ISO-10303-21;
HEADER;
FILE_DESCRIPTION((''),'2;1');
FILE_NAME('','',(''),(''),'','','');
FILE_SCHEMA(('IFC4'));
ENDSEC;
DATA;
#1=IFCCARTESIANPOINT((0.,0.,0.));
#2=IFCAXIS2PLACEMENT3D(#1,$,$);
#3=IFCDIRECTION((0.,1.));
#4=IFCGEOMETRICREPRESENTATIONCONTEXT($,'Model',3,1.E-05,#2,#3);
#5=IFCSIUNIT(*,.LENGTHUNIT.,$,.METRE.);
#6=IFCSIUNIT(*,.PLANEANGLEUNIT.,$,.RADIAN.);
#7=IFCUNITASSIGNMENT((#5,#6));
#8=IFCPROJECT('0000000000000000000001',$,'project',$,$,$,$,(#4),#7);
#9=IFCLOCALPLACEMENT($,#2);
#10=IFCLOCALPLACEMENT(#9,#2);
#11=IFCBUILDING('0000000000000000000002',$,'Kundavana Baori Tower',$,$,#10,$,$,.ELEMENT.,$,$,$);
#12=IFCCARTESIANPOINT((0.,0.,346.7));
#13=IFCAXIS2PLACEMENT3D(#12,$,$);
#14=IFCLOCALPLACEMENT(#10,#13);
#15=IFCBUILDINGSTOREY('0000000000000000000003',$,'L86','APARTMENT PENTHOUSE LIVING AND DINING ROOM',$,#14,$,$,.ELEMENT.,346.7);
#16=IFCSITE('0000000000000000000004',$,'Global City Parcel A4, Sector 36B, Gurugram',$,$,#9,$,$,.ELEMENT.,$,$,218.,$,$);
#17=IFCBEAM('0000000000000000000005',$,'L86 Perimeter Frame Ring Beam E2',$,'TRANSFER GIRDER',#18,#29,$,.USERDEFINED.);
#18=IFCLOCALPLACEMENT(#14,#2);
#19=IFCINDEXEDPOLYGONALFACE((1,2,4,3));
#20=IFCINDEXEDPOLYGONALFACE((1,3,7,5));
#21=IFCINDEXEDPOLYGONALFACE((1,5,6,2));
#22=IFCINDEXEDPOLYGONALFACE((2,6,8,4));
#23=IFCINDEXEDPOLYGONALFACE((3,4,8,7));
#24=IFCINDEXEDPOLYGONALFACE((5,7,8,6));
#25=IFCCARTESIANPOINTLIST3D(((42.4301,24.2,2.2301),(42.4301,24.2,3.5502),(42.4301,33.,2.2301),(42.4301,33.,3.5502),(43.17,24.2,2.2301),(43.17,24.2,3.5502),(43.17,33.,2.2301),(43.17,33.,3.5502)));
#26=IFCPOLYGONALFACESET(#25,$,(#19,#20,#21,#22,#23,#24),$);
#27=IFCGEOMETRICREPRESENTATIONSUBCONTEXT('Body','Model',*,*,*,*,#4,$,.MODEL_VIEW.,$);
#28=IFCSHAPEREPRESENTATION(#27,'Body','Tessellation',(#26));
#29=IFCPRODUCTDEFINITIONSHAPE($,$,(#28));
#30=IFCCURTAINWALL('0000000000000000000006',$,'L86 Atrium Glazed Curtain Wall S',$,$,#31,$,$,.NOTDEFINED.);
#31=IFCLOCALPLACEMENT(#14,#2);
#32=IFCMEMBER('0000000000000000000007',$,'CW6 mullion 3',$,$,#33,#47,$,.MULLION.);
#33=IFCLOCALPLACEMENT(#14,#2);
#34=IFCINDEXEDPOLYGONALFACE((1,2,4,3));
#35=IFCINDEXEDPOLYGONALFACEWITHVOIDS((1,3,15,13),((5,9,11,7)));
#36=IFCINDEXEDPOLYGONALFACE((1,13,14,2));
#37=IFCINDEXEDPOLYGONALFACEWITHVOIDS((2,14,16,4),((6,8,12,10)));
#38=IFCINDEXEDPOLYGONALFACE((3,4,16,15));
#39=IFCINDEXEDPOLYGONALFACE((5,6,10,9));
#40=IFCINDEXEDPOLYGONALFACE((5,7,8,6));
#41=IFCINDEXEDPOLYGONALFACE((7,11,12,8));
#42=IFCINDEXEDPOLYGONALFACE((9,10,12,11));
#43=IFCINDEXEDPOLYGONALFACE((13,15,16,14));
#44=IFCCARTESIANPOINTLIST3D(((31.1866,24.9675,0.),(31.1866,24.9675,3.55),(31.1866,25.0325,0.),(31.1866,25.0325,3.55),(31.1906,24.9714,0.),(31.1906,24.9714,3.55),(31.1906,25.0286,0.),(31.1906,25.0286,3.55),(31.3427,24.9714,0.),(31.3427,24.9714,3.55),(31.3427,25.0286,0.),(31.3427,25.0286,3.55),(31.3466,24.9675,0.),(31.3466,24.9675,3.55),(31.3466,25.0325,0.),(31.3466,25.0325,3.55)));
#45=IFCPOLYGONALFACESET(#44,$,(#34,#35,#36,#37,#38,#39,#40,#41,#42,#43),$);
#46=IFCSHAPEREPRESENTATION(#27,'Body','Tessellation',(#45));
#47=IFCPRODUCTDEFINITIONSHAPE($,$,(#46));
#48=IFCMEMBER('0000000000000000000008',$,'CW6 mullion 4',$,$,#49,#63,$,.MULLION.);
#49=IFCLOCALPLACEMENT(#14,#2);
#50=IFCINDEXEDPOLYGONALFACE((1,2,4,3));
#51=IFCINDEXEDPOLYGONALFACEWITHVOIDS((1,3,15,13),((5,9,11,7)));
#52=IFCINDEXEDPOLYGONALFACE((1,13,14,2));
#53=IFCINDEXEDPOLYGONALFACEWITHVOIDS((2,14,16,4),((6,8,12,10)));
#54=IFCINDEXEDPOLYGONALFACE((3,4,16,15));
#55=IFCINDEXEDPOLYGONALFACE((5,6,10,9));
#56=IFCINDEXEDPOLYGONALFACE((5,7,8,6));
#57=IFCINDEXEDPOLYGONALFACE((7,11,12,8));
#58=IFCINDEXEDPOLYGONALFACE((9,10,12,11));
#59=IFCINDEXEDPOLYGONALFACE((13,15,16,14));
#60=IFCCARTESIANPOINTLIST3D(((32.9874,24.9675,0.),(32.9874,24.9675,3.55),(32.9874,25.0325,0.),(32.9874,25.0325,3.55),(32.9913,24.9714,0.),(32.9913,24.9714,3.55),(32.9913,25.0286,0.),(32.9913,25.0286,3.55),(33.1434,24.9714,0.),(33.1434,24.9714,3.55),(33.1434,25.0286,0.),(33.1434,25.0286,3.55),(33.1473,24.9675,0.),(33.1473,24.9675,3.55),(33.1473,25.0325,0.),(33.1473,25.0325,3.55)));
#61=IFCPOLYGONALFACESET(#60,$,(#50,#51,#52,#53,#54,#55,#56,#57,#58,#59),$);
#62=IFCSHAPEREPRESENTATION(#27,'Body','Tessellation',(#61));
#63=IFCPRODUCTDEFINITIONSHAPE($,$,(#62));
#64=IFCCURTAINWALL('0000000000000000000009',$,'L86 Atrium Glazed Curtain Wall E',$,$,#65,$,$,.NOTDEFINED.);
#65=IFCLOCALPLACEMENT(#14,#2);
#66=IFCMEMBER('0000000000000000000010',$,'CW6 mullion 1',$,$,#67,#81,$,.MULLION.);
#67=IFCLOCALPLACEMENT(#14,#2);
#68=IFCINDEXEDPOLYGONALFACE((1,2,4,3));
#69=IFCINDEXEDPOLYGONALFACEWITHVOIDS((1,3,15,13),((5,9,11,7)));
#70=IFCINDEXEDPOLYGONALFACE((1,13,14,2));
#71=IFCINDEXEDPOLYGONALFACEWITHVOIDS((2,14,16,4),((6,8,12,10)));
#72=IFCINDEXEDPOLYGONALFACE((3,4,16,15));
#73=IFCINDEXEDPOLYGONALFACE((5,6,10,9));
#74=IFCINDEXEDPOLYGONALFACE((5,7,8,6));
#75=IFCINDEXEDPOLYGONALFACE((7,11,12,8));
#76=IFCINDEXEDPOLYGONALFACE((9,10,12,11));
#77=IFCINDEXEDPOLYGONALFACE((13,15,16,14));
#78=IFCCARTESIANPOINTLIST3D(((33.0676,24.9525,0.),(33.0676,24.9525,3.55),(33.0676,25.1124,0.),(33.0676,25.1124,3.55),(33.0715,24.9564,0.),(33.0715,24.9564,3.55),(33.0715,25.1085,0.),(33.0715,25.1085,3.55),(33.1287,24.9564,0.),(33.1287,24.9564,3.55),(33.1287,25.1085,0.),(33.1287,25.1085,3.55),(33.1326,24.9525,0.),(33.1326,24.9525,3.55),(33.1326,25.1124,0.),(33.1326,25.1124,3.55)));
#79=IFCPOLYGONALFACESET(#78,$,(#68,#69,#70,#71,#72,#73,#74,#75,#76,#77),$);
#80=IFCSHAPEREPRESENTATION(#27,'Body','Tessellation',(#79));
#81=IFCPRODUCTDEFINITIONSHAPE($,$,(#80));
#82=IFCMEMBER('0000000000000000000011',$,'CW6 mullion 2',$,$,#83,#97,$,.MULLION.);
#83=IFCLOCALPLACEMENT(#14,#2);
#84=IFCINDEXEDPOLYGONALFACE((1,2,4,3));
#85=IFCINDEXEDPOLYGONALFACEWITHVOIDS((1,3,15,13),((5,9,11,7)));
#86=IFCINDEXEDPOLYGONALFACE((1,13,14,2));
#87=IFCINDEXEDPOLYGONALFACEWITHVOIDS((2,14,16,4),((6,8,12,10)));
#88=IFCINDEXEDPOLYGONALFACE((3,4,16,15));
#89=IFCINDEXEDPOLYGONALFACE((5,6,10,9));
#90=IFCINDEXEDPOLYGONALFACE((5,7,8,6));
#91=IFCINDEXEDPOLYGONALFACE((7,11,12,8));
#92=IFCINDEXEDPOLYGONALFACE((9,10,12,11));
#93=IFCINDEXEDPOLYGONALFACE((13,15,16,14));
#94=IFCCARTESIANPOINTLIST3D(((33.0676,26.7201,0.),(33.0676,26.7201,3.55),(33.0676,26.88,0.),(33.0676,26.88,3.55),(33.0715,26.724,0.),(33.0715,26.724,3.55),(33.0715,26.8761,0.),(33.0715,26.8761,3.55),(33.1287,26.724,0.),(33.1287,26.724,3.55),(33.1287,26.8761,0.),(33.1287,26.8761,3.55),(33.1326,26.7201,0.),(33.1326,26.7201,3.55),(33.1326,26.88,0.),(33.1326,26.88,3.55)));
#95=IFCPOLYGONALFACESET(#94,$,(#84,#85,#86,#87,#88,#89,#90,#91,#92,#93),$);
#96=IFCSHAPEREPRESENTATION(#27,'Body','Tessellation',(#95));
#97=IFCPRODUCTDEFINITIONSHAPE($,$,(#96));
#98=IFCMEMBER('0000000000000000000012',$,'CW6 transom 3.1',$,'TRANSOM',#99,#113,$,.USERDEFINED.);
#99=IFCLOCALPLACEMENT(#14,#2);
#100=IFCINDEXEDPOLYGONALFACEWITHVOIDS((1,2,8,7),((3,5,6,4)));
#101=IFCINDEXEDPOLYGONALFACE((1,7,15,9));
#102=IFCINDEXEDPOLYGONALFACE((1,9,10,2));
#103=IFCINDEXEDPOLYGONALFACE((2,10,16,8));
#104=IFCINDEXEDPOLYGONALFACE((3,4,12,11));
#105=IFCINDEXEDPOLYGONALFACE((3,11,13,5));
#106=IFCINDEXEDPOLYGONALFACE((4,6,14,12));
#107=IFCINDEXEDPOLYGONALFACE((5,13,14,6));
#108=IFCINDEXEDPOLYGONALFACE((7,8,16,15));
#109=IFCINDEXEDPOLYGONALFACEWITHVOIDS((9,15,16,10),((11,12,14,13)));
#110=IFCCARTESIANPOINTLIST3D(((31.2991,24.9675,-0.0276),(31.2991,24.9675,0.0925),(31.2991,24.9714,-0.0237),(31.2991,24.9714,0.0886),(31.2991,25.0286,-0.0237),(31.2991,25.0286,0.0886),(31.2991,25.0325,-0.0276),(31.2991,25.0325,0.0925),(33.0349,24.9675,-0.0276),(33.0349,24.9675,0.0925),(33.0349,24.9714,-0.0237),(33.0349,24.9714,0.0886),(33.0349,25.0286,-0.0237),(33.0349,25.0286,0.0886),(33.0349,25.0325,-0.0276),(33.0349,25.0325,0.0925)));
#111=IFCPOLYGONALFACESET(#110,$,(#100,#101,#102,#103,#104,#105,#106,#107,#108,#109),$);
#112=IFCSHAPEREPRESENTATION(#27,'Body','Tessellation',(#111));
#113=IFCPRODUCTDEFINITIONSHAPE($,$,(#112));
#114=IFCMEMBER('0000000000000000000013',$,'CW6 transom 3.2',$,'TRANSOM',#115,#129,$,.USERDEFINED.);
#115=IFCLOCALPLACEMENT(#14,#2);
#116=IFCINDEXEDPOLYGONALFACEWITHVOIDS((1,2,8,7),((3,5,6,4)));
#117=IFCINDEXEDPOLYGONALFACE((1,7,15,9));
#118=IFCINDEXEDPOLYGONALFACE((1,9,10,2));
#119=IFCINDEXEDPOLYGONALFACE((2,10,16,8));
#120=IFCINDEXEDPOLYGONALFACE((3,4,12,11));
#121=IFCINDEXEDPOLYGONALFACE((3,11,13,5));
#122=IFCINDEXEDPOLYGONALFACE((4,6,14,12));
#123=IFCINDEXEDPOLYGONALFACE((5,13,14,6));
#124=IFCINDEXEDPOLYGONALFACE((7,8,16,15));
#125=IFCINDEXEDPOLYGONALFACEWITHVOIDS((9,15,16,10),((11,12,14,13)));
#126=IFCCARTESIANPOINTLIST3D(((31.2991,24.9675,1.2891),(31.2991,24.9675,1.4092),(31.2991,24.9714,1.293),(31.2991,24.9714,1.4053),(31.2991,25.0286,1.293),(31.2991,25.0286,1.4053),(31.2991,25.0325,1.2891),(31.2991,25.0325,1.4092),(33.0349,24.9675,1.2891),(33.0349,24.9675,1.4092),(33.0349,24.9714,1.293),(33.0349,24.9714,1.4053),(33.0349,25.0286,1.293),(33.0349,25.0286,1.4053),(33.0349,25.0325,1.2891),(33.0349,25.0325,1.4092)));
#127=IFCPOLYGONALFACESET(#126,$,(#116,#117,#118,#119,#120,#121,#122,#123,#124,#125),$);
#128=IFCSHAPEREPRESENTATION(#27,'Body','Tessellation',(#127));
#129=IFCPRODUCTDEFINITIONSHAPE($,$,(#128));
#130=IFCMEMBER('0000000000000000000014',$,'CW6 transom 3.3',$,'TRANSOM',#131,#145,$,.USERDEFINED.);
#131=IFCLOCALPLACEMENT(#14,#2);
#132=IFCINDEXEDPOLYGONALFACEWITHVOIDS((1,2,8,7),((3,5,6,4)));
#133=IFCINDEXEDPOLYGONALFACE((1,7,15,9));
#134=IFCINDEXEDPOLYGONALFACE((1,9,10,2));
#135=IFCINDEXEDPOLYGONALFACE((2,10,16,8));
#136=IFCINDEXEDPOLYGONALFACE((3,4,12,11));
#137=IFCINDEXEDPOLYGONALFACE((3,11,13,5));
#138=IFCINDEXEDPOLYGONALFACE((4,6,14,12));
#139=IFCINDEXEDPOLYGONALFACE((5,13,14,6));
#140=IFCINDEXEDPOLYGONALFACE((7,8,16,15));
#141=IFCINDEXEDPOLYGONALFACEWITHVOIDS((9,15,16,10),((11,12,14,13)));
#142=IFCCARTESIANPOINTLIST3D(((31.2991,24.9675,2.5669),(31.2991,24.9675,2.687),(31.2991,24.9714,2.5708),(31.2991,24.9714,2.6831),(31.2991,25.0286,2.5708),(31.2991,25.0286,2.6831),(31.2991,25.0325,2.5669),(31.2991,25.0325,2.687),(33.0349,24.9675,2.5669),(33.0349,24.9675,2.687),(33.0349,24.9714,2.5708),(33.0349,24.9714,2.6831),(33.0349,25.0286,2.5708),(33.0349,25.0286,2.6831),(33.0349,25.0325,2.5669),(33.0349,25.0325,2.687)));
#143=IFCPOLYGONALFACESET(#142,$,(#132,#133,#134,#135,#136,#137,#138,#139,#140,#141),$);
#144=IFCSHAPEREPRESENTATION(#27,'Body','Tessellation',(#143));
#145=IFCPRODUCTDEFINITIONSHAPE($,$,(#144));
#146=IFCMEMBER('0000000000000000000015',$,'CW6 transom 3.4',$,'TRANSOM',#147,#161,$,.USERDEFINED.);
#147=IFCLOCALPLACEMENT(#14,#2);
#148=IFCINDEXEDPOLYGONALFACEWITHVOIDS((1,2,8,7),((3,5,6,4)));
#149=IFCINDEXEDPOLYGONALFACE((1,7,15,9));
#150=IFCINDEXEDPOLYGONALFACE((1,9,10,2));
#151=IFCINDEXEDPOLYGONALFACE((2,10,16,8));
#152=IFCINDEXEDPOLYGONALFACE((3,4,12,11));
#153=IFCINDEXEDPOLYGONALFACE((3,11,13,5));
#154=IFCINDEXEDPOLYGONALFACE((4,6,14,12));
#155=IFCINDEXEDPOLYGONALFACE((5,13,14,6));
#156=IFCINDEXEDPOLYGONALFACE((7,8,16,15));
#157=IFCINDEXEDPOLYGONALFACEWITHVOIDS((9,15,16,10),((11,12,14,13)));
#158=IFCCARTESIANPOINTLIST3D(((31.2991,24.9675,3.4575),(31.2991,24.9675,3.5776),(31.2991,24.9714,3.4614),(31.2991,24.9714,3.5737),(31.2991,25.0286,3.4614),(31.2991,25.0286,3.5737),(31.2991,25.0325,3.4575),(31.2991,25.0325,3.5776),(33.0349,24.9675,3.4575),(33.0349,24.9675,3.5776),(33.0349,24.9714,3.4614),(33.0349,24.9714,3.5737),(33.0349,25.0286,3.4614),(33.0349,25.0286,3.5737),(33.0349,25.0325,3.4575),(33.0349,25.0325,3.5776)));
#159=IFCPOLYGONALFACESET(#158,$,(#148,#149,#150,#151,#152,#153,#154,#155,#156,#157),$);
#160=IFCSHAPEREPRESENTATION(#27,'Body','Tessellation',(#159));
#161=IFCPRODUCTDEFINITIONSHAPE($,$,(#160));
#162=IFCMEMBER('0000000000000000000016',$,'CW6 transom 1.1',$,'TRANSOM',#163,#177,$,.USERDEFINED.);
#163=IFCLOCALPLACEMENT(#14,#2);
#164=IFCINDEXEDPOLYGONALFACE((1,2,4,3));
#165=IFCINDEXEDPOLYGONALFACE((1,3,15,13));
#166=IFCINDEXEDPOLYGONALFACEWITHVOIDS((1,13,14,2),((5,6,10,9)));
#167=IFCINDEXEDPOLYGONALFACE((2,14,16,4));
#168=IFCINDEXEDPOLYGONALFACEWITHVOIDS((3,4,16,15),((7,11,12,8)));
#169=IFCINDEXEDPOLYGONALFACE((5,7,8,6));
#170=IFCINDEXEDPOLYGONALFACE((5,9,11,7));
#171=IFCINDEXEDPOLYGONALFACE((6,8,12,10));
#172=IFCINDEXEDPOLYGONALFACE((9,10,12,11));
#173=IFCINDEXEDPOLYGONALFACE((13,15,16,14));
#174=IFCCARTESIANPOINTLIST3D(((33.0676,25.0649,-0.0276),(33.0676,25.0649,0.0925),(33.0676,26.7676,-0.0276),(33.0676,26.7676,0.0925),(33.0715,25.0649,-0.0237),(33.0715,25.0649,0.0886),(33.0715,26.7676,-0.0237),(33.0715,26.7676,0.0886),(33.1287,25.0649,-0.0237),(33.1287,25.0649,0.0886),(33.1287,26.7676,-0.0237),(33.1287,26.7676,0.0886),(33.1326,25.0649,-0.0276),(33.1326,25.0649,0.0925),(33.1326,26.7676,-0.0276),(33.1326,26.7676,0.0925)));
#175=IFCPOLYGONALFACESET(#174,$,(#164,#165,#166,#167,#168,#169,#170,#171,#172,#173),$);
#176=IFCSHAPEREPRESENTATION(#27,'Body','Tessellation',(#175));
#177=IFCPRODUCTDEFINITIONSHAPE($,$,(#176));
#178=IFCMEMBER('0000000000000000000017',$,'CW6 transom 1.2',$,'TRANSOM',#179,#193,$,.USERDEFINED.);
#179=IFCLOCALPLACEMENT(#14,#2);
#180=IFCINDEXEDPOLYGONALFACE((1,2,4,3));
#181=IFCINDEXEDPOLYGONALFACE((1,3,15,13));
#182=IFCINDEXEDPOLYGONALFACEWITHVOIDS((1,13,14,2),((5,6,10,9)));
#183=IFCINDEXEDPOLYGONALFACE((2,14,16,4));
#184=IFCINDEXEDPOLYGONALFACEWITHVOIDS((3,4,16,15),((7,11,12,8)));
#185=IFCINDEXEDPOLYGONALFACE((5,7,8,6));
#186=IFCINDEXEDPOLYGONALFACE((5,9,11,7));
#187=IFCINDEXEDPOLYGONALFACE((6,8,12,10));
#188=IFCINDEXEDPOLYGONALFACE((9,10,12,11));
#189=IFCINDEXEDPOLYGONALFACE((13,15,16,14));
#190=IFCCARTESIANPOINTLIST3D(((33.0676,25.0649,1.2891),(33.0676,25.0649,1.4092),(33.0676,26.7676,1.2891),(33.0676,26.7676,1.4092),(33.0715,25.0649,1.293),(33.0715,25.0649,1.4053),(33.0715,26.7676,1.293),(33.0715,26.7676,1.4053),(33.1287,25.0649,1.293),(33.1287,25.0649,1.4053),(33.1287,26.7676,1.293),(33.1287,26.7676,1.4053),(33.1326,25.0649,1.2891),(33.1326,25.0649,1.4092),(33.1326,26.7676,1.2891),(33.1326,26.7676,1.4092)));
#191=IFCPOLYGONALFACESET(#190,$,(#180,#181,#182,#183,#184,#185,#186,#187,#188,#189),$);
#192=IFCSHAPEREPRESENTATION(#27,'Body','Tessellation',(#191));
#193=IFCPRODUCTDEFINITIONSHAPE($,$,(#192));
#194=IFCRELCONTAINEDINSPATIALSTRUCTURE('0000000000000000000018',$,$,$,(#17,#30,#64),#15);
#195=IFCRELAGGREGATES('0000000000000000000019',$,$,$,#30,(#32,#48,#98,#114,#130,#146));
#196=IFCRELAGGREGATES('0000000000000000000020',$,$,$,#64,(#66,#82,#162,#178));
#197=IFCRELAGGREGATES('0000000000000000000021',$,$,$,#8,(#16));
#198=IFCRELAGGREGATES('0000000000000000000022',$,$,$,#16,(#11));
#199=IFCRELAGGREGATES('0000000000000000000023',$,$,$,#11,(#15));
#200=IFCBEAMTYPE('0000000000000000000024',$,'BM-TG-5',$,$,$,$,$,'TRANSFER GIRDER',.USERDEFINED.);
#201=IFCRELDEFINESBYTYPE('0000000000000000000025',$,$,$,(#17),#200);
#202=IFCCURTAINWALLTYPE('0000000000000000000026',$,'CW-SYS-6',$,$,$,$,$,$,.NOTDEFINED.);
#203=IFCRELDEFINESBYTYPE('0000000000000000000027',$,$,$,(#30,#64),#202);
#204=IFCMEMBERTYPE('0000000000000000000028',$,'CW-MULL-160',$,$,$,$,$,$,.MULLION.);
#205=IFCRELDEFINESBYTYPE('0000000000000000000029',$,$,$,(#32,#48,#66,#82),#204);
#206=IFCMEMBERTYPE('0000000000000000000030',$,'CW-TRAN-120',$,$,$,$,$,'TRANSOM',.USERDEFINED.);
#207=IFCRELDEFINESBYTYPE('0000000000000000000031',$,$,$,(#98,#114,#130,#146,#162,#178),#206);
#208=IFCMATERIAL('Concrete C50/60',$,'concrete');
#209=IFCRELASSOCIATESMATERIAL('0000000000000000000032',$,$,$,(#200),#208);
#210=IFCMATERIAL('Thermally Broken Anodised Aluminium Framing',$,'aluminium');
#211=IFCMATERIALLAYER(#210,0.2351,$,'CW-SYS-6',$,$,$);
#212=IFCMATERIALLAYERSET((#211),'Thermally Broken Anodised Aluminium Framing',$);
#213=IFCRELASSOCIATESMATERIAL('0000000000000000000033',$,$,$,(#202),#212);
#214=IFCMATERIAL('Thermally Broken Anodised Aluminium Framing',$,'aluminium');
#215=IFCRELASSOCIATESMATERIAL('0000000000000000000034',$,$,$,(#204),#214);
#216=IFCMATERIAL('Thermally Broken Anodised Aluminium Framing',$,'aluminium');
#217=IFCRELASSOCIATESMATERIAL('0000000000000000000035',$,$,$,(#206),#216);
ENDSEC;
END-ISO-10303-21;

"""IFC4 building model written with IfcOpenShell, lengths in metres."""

from ifc_helpers import new_model, si_unit, direction, frame, origin, origin_2d, place, context, subcontext, project, spatial, rectangle, hollow_rectangle, extrude, material, layer, layer_set, material_profile, profile_set, type_object, element, aggregate, save


model = new_model("IFC4")

# Units and contexts
model_context = context("Model", 3, precision=1e-05, world=origin(), true_north=direction((0.0, 1.0)))
body_context = subcontext(model_context, "Body", "Model", "MODEL_VIEW")
ifc_project = project(units=[si_unit("LENGTHUNIT", "METRE"), si_unit("PLANEANGLEUNIT", "RADIAN")], contexts=[model_context])

# Site, building, storey
site_placement = place(None, origin())
site = spatial("IfcSite", under=ifc_project, at=site_placement, Name="Global City Parcel A4, Sector 36B, Gurugram", CompositionType="ELEMENT", RefElevation=218.0)
building_placement = place(site_placement, origin())
building = spatial("IfcBuilding", under=site, at=building_placement, Name="Kundavana Baori Tower", CompositionType="ELEMENT")
storey_placement = place(building_placement, frame((0.0, 0.0, 346.7)))
storey = spatial("IfcBuildingStorey", under=building, at=storey_placement, Name="L86", Description="APARTMENT PENTHOUSE LIVING AND DINING ROOM", CompositionType="ELEMENT", Elevation=346.7)

# Beam
ifc_material_1 = material(Name="Concrete C50/60", Category="concrete")
ifc_material_profile_1 = material_profile(ifc_material_1, rectangle(XDim=0.74, YDim=1.3201, at=origin_2d()), Name="BM-TG-5")
ifc_profile_set_1 = profile_set([ifc_material_profile_1], Name="Concrete C50/60")
beam_type = type_object("IfcBeamType", Name="BM-TG-5", ElementType="TRANSFER GIRDER", PredefinedType="USERDEFINED", material=ifc_profile_set_1)
beam_placement = place(storey_placement, frame((42.8, 24.2, 2.8901), z_axis=(0.0, 1.0, 0.0), x_axis=(-1.0, 0.0, 0.0)))
element("IfcBeam", 1, at=beam_placement, inside=storey, type_object=beam_type, Name="L86 Perimeter Frame Ring Beam E2", ObjectType="TRANSFER GIRDER", PredefinedType="USERDEFINED", context=body_context, shape_type="SweptSolid", body=[
    extrude(rectangle(XDim=0.74, YDim=1.3201, at=origin_2d()), origin(), (0.0, 0.0, 1.0), 8.8),
])

# Curtain walls, members
ifc_material_2 = material(Name="Thermally Broken Anodised Aluminium Framing", Category="aluminium")
ifc_layer_1 = layer(ifc_material_2, 0.2351, Name="CW-SYS-6")
ifc_layer_set_1 = layer_set([ifc_layer_1], Name="Thermally Broken Anodised Aluminium Framing")
curtain_wall_type = type_object("IfcCurtainWallType", Name="CW-SYS-6", PredefinedType="NOTDEFINED", material=ifc_layer_set_1)
curtain_wall_1_placement = place(storey_placement, origin())
curtain_wall_1 = element("IfcCurtainWall", 2, at=curtain_wall_1_placement, inside=storey, type_object=curtain_wall_type, Name="L86 Atrium Glazed Curtain Wall S", PredefinedType="NOTDEFINED")
ifc_material_3 = material(Name="Thermally Broken Anodised Aluminium Framing", Category="aluminium")
ifc_material_profile_2 = material_profile(ifc_material_3, hollow_rectangle(XDim=0.0649, YDim=0.1599, WallThickness=0.0039, at=origin_2d()), Name="CW-MULL-160")
ifc_profile_set_2 = profile_set([ifc_material_profile_2], Name="Thermally Broken Anodised Aluminium Framing")
member_type_1 = type_object("IfcMemberType", Name="CW-MULL-160", PredefinedType="MULLION", material=ifc_profile_set_2)
member_1_placement = place(storey_placement, frame((31.2666, 25.0, 0.0), z_axis=(0.0, 0.0, 1.0), x_axis=(0.0, 1.0, 0.0)))
member_1 = element("IfcMember", 3, at=member_1_placement, type_object=member_type_1, Name="CW6 mullion 3", PredefinedType="MULLION", context=body_context, shape_type="SweptSolid", body=[
    extrude(hollow_rectangle(XDim=0.0649, YDim=0.1599, WallThickness=0.0039, at=origin_2d()), origin(), (0.0, 0.0, 1.0), 3.55),
])
member_2_placement = place(storey_placement, frame((33.0674, 25.0, 0.0), z_axis=(0.0, 0.0, 1.0), x_axis=(0.0, 1.0, 0.0)))
member_2 = element("IfcMember", 4, at=member_2_placement, type_object=member_type_1, Name="CW6 mullion 4", PredefinedType="MULLION", context=body_context, shape_type="SweptSolid", body=[
    extrude(hollow_rectangle(XDim=0.0649, YDim=0.1599, WallThickness=0.0039, at=origin_2d()), origin(), (0.0, 0.0, 1.0), 3.55),
])
curtain_wall_2_placement = place(storey_placement, origin())
curtain_wall_2 = element("IfcCurtainWall", 5, at=curtain_wall_2_placement, inside=storey, type_object=curtain_wall_type, Name="L86 Atrium Glazed Curtain Wall E", PredefinedType="NOTDEFINED")
member_3_placement = place(storey_placement, frame((33.1001, 25.0325, 0.0), z_axis=(0.0, 0.0, 1.0), x_axis=(-1.0, 0.0, 0.0)))
member_3 = element("IfcMember", 6, at=member_3_placement, type_object=member_type_1, Name="CW6 mullion 1", PredefinedType="MULLION", context=body_context, shape_type="SweptSolid", body=[
    extrude(hollow_rectangle(XDim=0.0649, YDim=0.1599, WallThickness=0.0039, at=origin_2d()), origin(), (0.0, 0.0, 1.0), 3.55),
])
member_4_placement = place(storey_placement, frame((33.1001, 26.8, 0.0), z_axis=(0.0, 0.0, 1.0), x_axis=(-1.0, 0.0, 0.0)))
member_4 = element("IfcMember", 7, at=member_4_placement, type_object=member_type_1, Name="CW6 mullion 2", PredefinedType="MULLION", context=body_context, shape_type="SweptSolid", body=[
    extrude(hollow_rectangle(XDim=0.0649, YDim=0.1599, WallThickness=0.0039, at=origin_2d()), origin(), (0.0, 0.0, 1.0), 3.55),
])

# Members
ifc_material_4 = material(Name="Thermally Broken Anodised Aluminium Framing", Category="aluminium")
ifc_material_profile_3 = material_profile(ifc_material_4, hollow_rectangle(XDim=0.0649, YDim=0.1201, WallThickness=0.0039, at=origin_2d()), Name="CW-TRAN-120")
ifc_profile_set_3 = profile_set([ifc_material_profile_3], Name="Thermally Broken Anodised Aluminium Framing")
member_type_2 = type_object("IfcMemberType", Name="CW-TRAN-120", ElementType="TRANSOM", PredefinedType="USERDEFINED", material=ifc_profile_set_3)
member_5_placement = place(storey_placement, frame((31.2991, 25.0, 0.0325), z_axis=(1.0, 0.0, 0.0), x_axis=(0.0, 1.0, 0.0)))
member_5 = element("IfcMember", 8, at=member_5_placement, type_object=member_type_2, Name="CW6 transom 3.1", ObjectType="TRANSOM", PredefinedType="USERDEFINED", context=body_context, shape_type="SweptSolid", body=[
    extrude(hollow_rectangle(XDim=0.0649, YDim=0.1201, WallThickness=0.0039, at=origin_2d()), origin(), (0.0, 0.0, 1.0), 1.7358),
])
member_6_placement = place(storey_placement, frame((31.2991, 25.0, 1.3491), z_axis=(1.0, 0.0, 0.0), x_axis=(0.0, 1.0, 0.0)))
member_6 = element("IfcMember", 9, at=member_6_placement, type_object=member_type_2, Name="CW6 transom 3.2", ObjectType="TRANSOM", PredefinedType="USERDEFINED", context=body_context, shape_type="SweptSolid", body=[
    extrude(hollow_rectangle(XDim=0.0649, YDim=0.1201, WallThickness=0.0039, at=origin_2d()), origin(), (0.0, 0.0, 1.0), 1.7358),
])
member_7_placement = place(storey_placement, frame((31.2991, 25.0, 2.627), z_axis=(1.0, 0.0, 0.0), x_axis=(0.0, 1.0, 0.0)))
member_7 = element("IfcMember", 10, at=member_7_placement, type_object=member_type_2, Name="CW6 transom 3.3", ObjectType="TRANSOM", PredefinedType="USERDEFINED", context=body_context, shape_type="SweptSolid", body=[
    extrude(hollow_rectangle(XDim=0.0649, YDim=0.1201, WallThickness=0.0039, at=origin_2d()), origin(), (0.0, 0.0, 1.0), 1.7358),
])
member_8_placement = place(storey_placement, frame((31.2991, 25.0, 3.5176), z_axis=(1.0, 0.0, 0.0), x_axis=(0.0, 1.0, 0.0)))
member_8 = element("IfcMember", 11, at=member_8_placement, type_object=member_type_2, Name="CW6 transom 3.4", ObjectType="TRANSOM", PredefinedType="USERDEFINED", context=body_context, shape_type="SweptSolid", body=[
    extrude(hollow_rectangle(XDim=0.0649, YDim=0.1201, WallThickness=0.0039, at=origin_2d()), origin(), (0.0, 0.0, 1.0), 1.7358),
])
member_9_placement = place(storey_placement, frame((33.1001, 25.0649, 0.0325), z_axis=(0.0, 1.0, 0.0), x_axis=(-1.0, 0.0, 0.0)))
member_9 = element("IfcMember", 12, at=member_9_placement, type_object=member_type_2, Name="CW6 transom 1.1", ObjectType="TRANSOM", PredefinedType="USERDEFINED", context=body_context, shape_type="SweptSolid", body=[
    extrude(hollow_rectangle(XDim=0.0649, YDim=0.1201, WallThickness=0.0039, at=origin_2d()), origin(), (0.0, 0.0, 1.0), 1.7026),
])
member_10_placement = place(storey_placement, frame((33.1001, 25.0649, 1.3491), z_axis=(0.0, 1.0, 0.0), x_axis=(-1.0, 0.0, 0.0)))
member_10 = element("IfcMember", 13, at=member_10_placement, type_object=member_type_2, Name="CW6 transom 1.2", ObjectType="TRANSOM", PredefinedType="USERDEFINED", context=body_context, shape_type="SweptSolid", body=[
    extrude(hollow_rectangle(XDim=0.0649, YDim=0.1201, WallThickness=0.0039, at=origin_2d()), origin(), (0.0, 0.0, 1.0), 1.7026),
])

aggregate(curtain_wall_1, [member_1, member_2, member_5, member_6, member_7, member_8])
aggregate(curtain_wall_2, [member_3, member_4, member_9, member_10])

save(model, "model.ifc")
